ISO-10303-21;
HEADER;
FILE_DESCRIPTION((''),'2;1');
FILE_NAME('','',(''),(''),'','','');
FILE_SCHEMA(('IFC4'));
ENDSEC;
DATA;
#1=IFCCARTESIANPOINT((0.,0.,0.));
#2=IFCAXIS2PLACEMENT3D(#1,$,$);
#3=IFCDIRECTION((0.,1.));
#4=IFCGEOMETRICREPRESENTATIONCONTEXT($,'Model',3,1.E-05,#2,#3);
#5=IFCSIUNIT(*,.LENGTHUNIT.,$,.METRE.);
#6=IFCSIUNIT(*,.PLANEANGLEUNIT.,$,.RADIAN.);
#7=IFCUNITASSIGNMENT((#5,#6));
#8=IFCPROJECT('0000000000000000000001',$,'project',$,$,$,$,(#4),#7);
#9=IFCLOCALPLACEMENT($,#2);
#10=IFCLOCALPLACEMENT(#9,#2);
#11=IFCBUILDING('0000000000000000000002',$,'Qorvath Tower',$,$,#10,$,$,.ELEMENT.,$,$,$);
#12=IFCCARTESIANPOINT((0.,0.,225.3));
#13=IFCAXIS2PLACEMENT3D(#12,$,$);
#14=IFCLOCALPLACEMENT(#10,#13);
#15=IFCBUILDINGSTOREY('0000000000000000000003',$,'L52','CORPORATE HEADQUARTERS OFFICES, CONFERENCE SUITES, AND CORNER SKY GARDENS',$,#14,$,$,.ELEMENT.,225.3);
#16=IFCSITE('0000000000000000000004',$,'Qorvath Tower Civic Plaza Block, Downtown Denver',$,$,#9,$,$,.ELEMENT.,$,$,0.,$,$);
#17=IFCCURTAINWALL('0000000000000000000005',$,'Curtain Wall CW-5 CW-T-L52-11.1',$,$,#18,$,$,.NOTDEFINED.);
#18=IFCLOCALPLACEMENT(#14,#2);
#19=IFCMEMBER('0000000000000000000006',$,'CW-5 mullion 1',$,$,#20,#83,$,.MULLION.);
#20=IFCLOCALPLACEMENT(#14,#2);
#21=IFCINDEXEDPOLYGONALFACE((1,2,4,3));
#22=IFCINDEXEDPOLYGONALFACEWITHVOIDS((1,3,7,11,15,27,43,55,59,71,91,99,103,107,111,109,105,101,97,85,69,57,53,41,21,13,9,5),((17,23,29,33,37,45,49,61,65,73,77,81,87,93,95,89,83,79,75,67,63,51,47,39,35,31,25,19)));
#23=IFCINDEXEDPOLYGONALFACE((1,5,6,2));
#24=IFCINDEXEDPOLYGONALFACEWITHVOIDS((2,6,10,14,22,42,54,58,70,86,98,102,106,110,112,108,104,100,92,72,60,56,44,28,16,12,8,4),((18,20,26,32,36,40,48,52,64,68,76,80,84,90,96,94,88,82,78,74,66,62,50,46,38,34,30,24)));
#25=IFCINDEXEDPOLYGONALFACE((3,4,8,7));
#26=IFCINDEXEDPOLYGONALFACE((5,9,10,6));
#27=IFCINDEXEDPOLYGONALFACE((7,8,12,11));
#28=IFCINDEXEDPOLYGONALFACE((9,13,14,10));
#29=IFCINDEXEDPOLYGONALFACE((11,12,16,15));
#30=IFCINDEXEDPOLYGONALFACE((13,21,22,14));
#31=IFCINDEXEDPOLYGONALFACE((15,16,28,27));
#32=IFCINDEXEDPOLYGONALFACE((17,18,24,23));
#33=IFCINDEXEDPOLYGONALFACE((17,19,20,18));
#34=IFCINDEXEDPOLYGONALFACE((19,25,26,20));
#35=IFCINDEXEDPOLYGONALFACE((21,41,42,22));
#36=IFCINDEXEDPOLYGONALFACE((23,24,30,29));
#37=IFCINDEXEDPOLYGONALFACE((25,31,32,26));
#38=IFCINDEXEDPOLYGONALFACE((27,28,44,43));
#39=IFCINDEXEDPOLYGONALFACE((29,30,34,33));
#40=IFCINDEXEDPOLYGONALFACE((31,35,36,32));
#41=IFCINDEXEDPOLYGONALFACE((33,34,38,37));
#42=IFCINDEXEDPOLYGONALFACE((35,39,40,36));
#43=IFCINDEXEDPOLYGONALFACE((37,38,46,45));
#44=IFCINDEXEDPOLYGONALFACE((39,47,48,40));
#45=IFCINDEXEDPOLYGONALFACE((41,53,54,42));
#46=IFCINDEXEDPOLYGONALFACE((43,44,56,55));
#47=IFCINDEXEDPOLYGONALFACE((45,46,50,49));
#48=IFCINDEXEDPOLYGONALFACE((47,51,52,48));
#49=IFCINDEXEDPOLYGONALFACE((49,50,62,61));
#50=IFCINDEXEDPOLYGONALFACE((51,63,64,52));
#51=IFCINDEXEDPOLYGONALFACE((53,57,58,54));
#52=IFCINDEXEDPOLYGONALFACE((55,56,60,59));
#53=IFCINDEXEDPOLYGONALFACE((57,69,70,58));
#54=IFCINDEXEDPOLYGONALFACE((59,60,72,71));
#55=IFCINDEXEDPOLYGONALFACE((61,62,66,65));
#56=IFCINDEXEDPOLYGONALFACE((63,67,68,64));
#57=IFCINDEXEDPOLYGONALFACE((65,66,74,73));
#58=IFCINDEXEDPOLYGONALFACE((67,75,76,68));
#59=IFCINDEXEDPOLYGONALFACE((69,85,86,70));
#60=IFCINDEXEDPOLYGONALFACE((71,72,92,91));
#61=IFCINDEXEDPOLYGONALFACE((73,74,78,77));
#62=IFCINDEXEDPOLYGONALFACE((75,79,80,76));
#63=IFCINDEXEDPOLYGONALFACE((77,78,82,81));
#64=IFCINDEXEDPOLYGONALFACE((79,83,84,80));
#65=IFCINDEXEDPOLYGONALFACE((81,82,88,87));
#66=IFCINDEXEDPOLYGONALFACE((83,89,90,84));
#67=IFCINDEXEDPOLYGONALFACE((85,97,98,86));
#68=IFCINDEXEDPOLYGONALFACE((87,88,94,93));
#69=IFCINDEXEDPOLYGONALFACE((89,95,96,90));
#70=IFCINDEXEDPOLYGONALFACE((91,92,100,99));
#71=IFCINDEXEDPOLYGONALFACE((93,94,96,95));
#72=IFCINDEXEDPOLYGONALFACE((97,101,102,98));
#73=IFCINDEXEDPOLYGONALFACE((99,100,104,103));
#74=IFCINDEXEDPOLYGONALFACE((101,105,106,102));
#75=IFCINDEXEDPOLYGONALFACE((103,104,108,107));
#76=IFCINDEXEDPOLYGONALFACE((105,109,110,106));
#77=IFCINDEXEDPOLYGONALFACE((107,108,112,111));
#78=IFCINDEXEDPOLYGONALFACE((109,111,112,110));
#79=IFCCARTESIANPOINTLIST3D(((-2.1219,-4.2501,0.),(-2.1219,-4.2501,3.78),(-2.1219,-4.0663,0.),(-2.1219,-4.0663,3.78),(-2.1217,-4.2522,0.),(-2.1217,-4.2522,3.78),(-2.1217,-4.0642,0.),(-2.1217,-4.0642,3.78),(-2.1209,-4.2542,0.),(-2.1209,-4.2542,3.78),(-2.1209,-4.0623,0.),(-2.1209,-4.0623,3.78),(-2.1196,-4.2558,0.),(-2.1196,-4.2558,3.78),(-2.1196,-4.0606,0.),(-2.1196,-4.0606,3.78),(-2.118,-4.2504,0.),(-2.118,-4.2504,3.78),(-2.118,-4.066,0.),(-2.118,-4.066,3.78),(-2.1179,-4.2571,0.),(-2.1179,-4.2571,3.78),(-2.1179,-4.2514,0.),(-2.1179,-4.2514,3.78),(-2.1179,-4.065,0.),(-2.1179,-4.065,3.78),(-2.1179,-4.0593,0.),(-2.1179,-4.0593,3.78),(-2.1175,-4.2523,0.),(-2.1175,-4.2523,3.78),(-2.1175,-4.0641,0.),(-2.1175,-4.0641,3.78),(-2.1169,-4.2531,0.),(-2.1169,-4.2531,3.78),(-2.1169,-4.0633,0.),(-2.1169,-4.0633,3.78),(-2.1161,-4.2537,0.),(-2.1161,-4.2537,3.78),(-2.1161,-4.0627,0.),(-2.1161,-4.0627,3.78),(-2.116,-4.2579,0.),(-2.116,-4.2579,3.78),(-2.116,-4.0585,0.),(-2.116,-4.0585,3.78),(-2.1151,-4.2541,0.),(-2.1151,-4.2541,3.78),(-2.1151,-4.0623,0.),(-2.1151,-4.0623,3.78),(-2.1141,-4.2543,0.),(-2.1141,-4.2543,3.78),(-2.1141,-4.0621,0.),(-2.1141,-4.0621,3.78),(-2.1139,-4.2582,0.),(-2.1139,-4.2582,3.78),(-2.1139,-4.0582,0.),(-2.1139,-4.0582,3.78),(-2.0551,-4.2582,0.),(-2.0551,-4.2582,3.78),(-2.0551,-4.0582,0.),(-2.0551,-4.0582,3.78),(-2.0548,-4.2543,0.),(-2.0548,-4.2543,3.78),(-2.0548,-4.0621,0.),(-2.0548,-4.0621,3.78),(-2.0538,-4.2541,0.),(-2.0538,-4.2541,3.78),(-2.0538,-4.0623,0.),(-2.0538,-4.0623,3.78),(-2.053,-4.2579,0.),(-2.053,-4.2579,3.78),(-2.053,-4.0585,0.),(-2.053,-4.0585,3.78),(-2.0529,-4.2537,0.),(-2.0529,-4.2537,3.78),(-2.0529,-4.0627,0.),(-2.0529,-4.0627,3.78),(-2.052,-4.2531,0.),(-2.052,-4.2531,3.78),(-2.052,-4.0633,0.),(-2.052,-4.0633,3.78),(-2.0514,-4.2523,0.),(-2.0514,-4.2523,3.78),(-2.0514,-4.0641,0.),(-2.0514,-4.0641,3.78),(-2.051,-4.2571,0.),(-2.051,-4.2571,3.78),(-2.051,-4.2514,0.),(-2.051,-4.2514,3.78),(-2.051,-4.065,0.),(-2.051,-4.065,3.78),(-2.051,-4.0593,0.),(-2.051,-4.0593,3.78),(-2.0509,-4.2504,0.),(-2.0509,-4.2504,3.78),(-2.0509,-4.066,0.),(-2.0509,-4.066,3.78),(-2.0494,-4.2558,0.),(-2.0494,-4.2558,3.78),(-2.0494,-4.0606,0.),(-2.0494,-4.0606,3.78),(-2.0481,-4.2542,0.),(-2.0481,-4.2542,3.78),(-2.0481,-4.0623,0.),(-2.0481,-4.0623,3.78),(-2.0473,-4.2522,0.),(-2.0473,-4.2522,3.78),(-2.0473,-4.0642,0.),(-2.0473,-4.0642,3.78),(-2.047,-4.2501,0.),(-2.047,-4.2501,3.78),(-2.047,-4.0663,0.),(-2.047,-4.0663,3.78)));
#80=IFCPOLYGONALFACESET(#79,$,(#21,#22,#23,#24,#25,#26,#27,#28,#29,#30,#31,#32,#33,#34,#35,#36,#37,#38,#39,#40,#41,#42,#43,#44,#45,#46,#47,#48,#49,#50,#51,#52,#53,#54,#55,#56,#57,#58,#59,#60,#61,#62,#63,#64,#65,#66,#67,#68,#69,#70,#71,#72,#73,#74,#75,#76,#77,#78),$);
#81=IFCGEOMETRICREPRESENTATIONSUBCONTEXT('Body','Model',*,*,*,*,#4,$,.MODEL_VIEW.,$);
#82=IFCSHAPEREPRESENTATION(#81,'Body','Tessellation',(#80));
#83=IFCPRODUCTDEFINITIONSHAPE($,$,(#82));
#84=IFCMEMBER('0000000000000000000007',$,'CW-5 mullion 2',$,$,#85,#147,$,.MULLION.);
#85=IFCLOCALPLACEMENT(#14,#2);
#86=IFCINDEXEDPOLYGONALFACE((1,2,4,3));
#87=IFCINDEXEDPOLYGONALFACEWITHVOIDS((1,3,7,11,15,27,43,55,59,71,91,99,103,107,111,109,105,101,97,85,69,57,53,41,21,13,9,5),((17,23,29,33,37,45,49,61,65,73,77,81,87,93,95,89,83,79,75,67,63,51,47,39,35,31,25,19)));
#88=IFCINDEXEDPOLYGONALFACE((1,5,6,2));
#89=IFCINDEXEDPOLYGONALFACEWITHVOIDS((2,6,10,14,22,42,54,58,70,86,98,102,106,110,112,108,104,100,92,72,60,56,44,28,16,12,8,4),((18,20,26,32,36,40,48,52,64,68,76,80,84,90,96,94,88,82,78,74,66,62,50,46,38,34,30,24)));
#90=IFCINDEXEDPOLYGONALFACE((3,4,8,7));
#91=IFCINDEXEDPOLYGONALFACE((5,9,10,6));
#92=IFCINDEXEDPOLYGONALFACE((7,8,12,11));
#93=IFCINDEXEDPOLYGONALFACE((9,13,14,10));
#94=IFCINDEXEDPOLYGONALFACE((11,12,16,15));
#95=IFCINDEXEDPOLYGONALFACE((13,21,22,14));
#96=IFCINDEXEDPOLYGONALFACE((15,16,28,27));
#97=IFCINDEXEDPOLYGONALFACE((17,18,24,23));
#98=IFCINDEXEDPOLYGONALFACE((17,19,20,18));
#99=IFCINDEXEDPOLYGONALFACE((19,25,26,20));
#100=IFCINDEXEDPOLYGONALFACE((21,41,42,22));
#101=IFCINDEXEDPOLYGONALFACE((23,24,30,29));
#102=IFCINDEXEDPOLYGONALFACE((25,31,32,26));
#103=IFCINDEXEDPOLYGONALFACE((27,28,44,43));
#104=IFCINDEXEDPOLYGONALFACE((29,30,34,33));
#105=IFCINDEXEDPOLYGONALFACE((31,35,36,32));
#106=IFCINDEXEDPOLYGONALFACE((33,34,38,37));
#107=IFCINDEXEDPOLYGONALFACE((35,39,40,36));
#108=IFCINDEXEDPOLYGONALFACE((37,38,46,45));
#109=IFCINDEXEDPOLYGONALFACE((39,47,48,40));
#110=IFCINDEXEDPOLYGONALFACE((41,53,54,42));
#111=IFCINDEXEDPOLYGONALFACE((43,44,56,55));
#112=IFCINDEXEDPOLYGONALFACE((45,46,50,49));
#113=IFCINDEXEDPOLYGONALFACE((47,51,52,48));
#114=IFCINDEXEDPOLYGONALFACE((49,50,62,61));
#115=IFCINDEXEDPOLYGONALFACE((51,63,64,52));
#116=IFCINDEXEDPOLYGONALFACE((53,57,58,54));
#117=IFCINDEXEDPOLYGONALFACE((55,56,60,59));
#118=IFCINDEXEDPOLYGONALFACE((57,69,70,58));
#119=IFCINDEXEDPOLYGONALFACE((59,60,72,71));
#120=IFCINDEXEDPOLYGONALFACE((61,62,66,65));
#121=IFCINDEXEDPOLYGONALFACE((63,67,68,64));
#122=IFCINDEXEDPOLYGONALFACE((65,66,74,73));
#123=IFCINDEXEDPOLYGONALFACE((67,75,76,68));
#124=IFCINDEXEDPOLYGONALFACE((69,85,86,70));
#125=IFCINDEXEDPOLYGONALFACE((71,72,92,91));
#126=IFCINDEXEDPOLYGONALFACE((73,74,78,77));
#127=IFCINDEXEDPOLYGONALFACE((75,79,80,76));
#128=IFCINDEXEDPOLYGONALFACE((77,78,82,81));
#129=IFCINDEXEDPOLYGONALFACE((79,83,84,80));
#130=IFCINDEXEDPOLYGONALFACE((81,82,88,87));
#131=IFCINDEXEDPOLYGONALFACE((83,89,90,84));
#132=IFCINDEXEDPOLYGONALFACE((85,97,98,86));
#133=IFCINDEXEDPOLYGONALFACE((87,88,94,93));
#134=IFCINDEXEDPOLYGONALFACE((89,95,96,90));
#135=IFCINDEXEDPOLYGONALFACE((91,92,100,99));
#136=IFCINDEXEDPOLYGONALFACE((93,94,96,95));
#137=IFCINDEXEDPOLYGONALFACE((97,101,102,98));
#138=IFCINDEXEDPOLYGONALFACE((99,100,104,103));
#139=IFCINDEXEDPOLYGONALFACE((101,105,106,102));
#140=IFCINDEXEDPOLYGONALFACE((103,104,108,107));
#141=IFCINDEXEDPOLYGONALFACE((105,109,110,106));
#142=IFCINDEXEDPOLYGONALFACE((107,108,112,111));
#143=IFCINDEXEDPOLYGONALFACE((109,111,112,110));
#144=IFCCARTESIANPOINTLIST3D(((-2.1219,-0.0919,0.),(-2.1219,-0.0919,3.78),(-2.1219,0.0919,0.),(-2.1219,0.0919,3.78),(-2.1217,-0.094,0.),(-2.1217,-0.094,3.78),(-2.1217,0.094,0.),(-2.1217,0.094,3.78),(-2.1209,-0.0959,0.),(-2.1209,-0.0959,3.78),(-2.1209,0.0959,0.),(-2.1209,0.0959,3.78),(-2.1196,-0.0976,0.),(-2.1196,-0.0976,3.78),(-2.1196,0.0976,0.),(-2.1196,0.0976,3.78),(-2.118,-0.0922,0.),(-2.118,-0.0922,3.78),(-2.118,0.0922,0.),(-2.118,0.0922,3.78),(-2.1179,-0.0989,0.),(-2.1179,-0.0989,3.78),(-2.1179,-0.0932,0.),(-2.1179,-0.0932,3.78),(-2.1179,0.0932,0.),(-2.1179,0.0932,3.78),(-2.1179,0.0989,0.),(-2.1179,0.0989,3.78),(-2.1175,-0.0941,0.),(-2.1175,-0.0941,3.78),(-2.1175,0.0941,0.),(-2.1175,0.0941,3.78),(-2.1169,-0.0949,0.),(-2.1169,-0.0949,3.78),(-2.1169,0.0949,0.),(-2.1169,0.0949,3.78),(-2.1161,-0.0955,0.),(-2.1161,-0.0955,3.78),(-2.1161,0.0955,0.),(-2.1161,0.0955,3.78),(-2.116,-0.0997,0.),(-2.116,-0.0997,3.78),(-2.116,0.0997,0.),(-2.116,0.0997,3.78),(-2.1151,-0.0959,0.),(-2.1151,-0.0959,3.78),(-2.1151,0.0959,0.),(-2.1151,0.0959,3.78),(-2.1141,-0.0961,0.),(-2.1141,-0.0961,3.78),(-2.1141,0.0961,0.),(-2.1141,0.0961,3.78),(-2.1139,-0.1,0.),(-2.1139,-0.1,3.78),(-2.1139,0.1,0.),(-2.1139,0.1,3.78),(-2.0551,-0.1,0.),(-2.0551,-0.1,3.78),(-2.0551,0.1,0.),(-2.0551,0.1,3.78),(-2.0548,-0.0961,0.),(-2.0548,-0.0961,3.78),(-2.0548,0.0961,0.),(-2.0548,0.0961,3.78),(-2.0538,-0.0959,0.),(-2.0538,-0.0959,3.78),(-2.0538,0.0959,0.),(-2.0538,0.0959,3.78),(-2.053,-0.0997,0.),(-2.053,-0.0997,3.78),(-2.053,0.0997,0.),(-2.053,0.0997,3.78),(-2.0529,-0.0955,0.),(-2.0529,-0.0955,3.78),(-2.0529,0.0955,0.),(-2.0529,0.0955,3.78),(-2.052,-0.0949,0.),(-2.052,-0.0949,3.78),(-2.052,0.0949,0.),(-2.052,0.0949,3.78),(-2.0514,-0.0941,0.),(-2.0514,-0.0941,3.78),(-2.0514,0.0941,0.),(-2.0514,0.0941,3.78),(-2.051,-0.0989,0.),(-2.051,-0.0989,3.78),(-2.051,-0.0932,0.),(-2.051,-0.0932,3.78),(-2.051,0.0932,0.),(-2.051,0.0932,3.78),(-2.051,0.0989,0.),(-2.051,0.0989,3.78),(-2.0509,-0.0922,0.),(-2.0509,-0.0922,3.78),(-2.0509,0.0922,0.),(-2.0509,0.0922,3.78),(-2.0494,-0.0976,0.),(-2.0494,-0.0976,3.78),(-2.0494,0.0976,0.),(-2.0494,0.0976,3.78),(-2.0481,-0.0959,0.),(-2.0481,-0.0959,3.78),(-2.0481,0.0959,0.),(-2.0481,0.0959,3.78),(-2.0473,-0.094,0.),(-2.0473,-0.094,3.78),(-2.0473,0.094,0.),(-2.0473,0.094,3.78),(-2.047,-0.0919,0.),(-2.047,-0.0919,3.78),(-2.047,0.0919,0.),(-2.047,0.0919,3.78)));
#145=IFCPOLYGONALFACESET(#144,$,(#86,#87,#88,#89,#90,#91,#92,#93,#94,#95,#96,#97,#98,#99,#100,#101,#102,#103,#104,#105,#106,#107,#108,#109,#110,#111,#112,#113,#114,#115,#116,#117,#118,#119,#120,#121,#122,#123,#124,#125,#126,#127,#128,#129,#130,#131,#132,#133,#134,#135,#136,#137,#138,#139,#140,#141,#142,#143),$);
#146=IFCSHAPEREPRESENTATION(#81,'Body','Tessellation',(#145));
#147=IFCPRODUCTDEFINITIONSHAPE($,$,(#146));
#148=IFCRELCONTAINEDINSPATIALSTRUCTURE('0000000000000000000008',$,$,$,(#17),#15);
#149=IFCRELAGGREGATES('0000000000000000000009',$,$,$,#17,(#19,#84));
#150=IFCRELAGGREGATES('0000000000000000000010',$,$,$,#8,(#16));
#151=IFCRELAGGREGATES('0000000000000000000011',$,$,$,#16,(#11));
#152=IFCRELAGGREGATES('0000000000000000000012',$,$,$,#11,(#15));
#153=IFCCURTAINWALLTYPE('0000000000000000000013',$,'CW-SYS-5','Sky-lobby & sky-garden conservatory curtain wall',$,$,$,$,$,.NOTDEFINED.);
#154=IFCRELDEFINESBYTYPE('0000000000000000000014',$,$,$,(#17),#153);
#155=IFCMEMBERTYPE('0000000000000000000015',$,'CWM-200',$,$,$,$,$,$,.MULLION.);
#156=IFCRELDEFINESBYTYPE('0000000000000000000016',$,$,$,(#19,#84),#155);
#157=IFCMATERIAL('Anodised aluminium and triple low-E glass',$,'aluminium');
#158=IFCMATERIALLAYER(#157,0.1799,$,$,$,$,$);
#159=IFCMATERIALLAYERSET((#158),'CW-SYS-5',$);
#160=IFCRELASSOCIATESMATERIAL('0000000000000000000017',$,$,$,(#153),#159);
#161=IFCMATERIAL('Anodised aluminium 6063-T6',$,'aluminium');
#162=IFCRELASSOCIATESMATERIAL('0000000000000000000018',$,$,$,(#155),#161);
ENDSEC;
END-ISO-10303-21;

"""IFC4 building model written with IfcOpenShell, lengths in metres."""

from ifc_helpers import new_model, si_unit, direction, frame, origin, origin_2d, place, context, subcontext, project, spatial, hollow_rectangle, extrude, material, layer, layer_set, material_profile, profile_set, type_object, element, aggregate, save


model = new_model("IFC4")

# Units and contexts
model_context = context("Model", 3, precision=1e-05, world=origin(), true_north=direction((0.0, 1.0)))
body_context = subcontext(model_context, "Body", "Model", "MODEL_VIEW")
ifc_project = project(units=[si_unit("LENGTHUNIT", "METRE"), si_unit("PLANEANGLEUNIT", "RADIAN")], contexts=[model_context])

# Site, building, storey
site_placement = place(None, origin())
site = spatial("IfcSite", under=ifc_project, at=site_placement, Name="Qorvath Tower Civic Plaza Block, Downtown Denver", CompositionType="ELEMENT", RefElevation=0.0)
building_placement = place(site_placement, origin())
building = spatial("IfcBuilding", under=site, at=building_placement, Name="Qorvath Tower", CompositionType="ELEMENT")
storey_placement = place(building_placement, frame((0.0, 0.0, 225.3)))
storey = spatial("IfcBuildingStorey", under=building, at=storey_placement, Name="L52", Description="CORPORATE HEADQUARTERS OFFICES, CONFERENCE SUITES, AND CORNER SKY GARDENS", CompositionType="ELEMENT", Elevation=225.3)

# Curtain wall, members
ifc_material_1 = material(Name="Anodised aluminium and triple low-E glass", Category="aluminium")
ifc_layer_1 = layer(ifc_material_1, 0.1799)
ifc_layer_set_1 = layer_set([ifc_layer_1], Name="CW-SYS-5")
curtain_wall_type = type_object("IfcCurtainWallType", Name="CW-SYS-5", Description="Sky-lobby & sky-garden conservatory curtain wall", PredefinedType="NOTDEFINED", material=ifc_layer_set_1)
curtain_wall_placement = place(storey_placement, origin())
curtain_wall = element("IfcCurtainWall", 1, at=curtain_wall_placement, inside=storey, type_object=curtain_wall_type, Name="Curtain Wall CW-5 CW-T-L52-11.1", PredefinedType="NOTDEFINED")
ifc_material_2 = material(Name="Anodised aluminium 6063-T6", Category="aluminium")
ifc_material_profile_1 = material_profile(ifc_material_2, hollow_rectangle(XDim=0.075, YDim=0.2, WallThickness=0.0039, InnerFilletRadius=0.0039, OuterFilletRadius=0.0081, at=origin_2d()), Name="CWM 200x75")
ifc_profile_set_1 = profile_set([ifc_material_profile_1], Name="Anodised aluminium 6063-T6")
member_type_1 = type_object("IfcMemberType", Name="CWM-200", PredefinedType="MULLION", material=ifc_profile_set_1)
member_1_placement = place(storey_placement, frame((-2.0845, -4.1582, 0.0), z_axis=(0.0, 0.0, 1.0), x_axis=(-1.0, 0.0, 0.0)))
member_1 = element("IfcMember", 2, at=member_1_placement, type_object=member_type_1, Name="CW-5 mullion 1", PredefinedType="MULLION", context=body_context, shape_type="SweptSolid", body=[
    extrude(hollow_rectangle(XDim=0.075, YDim=0.2, WallThickness=0.0039, InnerFilletRadius=0.0039, OuterFilletRadius=0.0081, at=origin_2d()), origin(), (0.0, 0.0, 1.0), 3.78),
])
member_2_placement = place(storey_placement, frame((-2.0845, 0.0, 0.0), z_axis=(0.0, 0.0, 1.0), x_axis=(-1.0, 0.0, 0.0)))
member_2 = element("IfcMember", 3, at=member_2_placement, type_object=member_type_1, Name="CW-5 mullion 2", PredefinedType="MULLION", context=body_context, shape_type="SweptSolid", body=[
    extrude(hollow_rectangle(XDim=0.075, YDim=0.2, WallThickness=0.0039, InnerFilletRadius=0.0039, OuterFilletRadius=0.0081, at=origin_2d()), origin(), (0.0, 0.0, 1.0), 3.78),
])
aggregate(curtain_wall, [member_1, member_2])

save(model, "model.ifc")
